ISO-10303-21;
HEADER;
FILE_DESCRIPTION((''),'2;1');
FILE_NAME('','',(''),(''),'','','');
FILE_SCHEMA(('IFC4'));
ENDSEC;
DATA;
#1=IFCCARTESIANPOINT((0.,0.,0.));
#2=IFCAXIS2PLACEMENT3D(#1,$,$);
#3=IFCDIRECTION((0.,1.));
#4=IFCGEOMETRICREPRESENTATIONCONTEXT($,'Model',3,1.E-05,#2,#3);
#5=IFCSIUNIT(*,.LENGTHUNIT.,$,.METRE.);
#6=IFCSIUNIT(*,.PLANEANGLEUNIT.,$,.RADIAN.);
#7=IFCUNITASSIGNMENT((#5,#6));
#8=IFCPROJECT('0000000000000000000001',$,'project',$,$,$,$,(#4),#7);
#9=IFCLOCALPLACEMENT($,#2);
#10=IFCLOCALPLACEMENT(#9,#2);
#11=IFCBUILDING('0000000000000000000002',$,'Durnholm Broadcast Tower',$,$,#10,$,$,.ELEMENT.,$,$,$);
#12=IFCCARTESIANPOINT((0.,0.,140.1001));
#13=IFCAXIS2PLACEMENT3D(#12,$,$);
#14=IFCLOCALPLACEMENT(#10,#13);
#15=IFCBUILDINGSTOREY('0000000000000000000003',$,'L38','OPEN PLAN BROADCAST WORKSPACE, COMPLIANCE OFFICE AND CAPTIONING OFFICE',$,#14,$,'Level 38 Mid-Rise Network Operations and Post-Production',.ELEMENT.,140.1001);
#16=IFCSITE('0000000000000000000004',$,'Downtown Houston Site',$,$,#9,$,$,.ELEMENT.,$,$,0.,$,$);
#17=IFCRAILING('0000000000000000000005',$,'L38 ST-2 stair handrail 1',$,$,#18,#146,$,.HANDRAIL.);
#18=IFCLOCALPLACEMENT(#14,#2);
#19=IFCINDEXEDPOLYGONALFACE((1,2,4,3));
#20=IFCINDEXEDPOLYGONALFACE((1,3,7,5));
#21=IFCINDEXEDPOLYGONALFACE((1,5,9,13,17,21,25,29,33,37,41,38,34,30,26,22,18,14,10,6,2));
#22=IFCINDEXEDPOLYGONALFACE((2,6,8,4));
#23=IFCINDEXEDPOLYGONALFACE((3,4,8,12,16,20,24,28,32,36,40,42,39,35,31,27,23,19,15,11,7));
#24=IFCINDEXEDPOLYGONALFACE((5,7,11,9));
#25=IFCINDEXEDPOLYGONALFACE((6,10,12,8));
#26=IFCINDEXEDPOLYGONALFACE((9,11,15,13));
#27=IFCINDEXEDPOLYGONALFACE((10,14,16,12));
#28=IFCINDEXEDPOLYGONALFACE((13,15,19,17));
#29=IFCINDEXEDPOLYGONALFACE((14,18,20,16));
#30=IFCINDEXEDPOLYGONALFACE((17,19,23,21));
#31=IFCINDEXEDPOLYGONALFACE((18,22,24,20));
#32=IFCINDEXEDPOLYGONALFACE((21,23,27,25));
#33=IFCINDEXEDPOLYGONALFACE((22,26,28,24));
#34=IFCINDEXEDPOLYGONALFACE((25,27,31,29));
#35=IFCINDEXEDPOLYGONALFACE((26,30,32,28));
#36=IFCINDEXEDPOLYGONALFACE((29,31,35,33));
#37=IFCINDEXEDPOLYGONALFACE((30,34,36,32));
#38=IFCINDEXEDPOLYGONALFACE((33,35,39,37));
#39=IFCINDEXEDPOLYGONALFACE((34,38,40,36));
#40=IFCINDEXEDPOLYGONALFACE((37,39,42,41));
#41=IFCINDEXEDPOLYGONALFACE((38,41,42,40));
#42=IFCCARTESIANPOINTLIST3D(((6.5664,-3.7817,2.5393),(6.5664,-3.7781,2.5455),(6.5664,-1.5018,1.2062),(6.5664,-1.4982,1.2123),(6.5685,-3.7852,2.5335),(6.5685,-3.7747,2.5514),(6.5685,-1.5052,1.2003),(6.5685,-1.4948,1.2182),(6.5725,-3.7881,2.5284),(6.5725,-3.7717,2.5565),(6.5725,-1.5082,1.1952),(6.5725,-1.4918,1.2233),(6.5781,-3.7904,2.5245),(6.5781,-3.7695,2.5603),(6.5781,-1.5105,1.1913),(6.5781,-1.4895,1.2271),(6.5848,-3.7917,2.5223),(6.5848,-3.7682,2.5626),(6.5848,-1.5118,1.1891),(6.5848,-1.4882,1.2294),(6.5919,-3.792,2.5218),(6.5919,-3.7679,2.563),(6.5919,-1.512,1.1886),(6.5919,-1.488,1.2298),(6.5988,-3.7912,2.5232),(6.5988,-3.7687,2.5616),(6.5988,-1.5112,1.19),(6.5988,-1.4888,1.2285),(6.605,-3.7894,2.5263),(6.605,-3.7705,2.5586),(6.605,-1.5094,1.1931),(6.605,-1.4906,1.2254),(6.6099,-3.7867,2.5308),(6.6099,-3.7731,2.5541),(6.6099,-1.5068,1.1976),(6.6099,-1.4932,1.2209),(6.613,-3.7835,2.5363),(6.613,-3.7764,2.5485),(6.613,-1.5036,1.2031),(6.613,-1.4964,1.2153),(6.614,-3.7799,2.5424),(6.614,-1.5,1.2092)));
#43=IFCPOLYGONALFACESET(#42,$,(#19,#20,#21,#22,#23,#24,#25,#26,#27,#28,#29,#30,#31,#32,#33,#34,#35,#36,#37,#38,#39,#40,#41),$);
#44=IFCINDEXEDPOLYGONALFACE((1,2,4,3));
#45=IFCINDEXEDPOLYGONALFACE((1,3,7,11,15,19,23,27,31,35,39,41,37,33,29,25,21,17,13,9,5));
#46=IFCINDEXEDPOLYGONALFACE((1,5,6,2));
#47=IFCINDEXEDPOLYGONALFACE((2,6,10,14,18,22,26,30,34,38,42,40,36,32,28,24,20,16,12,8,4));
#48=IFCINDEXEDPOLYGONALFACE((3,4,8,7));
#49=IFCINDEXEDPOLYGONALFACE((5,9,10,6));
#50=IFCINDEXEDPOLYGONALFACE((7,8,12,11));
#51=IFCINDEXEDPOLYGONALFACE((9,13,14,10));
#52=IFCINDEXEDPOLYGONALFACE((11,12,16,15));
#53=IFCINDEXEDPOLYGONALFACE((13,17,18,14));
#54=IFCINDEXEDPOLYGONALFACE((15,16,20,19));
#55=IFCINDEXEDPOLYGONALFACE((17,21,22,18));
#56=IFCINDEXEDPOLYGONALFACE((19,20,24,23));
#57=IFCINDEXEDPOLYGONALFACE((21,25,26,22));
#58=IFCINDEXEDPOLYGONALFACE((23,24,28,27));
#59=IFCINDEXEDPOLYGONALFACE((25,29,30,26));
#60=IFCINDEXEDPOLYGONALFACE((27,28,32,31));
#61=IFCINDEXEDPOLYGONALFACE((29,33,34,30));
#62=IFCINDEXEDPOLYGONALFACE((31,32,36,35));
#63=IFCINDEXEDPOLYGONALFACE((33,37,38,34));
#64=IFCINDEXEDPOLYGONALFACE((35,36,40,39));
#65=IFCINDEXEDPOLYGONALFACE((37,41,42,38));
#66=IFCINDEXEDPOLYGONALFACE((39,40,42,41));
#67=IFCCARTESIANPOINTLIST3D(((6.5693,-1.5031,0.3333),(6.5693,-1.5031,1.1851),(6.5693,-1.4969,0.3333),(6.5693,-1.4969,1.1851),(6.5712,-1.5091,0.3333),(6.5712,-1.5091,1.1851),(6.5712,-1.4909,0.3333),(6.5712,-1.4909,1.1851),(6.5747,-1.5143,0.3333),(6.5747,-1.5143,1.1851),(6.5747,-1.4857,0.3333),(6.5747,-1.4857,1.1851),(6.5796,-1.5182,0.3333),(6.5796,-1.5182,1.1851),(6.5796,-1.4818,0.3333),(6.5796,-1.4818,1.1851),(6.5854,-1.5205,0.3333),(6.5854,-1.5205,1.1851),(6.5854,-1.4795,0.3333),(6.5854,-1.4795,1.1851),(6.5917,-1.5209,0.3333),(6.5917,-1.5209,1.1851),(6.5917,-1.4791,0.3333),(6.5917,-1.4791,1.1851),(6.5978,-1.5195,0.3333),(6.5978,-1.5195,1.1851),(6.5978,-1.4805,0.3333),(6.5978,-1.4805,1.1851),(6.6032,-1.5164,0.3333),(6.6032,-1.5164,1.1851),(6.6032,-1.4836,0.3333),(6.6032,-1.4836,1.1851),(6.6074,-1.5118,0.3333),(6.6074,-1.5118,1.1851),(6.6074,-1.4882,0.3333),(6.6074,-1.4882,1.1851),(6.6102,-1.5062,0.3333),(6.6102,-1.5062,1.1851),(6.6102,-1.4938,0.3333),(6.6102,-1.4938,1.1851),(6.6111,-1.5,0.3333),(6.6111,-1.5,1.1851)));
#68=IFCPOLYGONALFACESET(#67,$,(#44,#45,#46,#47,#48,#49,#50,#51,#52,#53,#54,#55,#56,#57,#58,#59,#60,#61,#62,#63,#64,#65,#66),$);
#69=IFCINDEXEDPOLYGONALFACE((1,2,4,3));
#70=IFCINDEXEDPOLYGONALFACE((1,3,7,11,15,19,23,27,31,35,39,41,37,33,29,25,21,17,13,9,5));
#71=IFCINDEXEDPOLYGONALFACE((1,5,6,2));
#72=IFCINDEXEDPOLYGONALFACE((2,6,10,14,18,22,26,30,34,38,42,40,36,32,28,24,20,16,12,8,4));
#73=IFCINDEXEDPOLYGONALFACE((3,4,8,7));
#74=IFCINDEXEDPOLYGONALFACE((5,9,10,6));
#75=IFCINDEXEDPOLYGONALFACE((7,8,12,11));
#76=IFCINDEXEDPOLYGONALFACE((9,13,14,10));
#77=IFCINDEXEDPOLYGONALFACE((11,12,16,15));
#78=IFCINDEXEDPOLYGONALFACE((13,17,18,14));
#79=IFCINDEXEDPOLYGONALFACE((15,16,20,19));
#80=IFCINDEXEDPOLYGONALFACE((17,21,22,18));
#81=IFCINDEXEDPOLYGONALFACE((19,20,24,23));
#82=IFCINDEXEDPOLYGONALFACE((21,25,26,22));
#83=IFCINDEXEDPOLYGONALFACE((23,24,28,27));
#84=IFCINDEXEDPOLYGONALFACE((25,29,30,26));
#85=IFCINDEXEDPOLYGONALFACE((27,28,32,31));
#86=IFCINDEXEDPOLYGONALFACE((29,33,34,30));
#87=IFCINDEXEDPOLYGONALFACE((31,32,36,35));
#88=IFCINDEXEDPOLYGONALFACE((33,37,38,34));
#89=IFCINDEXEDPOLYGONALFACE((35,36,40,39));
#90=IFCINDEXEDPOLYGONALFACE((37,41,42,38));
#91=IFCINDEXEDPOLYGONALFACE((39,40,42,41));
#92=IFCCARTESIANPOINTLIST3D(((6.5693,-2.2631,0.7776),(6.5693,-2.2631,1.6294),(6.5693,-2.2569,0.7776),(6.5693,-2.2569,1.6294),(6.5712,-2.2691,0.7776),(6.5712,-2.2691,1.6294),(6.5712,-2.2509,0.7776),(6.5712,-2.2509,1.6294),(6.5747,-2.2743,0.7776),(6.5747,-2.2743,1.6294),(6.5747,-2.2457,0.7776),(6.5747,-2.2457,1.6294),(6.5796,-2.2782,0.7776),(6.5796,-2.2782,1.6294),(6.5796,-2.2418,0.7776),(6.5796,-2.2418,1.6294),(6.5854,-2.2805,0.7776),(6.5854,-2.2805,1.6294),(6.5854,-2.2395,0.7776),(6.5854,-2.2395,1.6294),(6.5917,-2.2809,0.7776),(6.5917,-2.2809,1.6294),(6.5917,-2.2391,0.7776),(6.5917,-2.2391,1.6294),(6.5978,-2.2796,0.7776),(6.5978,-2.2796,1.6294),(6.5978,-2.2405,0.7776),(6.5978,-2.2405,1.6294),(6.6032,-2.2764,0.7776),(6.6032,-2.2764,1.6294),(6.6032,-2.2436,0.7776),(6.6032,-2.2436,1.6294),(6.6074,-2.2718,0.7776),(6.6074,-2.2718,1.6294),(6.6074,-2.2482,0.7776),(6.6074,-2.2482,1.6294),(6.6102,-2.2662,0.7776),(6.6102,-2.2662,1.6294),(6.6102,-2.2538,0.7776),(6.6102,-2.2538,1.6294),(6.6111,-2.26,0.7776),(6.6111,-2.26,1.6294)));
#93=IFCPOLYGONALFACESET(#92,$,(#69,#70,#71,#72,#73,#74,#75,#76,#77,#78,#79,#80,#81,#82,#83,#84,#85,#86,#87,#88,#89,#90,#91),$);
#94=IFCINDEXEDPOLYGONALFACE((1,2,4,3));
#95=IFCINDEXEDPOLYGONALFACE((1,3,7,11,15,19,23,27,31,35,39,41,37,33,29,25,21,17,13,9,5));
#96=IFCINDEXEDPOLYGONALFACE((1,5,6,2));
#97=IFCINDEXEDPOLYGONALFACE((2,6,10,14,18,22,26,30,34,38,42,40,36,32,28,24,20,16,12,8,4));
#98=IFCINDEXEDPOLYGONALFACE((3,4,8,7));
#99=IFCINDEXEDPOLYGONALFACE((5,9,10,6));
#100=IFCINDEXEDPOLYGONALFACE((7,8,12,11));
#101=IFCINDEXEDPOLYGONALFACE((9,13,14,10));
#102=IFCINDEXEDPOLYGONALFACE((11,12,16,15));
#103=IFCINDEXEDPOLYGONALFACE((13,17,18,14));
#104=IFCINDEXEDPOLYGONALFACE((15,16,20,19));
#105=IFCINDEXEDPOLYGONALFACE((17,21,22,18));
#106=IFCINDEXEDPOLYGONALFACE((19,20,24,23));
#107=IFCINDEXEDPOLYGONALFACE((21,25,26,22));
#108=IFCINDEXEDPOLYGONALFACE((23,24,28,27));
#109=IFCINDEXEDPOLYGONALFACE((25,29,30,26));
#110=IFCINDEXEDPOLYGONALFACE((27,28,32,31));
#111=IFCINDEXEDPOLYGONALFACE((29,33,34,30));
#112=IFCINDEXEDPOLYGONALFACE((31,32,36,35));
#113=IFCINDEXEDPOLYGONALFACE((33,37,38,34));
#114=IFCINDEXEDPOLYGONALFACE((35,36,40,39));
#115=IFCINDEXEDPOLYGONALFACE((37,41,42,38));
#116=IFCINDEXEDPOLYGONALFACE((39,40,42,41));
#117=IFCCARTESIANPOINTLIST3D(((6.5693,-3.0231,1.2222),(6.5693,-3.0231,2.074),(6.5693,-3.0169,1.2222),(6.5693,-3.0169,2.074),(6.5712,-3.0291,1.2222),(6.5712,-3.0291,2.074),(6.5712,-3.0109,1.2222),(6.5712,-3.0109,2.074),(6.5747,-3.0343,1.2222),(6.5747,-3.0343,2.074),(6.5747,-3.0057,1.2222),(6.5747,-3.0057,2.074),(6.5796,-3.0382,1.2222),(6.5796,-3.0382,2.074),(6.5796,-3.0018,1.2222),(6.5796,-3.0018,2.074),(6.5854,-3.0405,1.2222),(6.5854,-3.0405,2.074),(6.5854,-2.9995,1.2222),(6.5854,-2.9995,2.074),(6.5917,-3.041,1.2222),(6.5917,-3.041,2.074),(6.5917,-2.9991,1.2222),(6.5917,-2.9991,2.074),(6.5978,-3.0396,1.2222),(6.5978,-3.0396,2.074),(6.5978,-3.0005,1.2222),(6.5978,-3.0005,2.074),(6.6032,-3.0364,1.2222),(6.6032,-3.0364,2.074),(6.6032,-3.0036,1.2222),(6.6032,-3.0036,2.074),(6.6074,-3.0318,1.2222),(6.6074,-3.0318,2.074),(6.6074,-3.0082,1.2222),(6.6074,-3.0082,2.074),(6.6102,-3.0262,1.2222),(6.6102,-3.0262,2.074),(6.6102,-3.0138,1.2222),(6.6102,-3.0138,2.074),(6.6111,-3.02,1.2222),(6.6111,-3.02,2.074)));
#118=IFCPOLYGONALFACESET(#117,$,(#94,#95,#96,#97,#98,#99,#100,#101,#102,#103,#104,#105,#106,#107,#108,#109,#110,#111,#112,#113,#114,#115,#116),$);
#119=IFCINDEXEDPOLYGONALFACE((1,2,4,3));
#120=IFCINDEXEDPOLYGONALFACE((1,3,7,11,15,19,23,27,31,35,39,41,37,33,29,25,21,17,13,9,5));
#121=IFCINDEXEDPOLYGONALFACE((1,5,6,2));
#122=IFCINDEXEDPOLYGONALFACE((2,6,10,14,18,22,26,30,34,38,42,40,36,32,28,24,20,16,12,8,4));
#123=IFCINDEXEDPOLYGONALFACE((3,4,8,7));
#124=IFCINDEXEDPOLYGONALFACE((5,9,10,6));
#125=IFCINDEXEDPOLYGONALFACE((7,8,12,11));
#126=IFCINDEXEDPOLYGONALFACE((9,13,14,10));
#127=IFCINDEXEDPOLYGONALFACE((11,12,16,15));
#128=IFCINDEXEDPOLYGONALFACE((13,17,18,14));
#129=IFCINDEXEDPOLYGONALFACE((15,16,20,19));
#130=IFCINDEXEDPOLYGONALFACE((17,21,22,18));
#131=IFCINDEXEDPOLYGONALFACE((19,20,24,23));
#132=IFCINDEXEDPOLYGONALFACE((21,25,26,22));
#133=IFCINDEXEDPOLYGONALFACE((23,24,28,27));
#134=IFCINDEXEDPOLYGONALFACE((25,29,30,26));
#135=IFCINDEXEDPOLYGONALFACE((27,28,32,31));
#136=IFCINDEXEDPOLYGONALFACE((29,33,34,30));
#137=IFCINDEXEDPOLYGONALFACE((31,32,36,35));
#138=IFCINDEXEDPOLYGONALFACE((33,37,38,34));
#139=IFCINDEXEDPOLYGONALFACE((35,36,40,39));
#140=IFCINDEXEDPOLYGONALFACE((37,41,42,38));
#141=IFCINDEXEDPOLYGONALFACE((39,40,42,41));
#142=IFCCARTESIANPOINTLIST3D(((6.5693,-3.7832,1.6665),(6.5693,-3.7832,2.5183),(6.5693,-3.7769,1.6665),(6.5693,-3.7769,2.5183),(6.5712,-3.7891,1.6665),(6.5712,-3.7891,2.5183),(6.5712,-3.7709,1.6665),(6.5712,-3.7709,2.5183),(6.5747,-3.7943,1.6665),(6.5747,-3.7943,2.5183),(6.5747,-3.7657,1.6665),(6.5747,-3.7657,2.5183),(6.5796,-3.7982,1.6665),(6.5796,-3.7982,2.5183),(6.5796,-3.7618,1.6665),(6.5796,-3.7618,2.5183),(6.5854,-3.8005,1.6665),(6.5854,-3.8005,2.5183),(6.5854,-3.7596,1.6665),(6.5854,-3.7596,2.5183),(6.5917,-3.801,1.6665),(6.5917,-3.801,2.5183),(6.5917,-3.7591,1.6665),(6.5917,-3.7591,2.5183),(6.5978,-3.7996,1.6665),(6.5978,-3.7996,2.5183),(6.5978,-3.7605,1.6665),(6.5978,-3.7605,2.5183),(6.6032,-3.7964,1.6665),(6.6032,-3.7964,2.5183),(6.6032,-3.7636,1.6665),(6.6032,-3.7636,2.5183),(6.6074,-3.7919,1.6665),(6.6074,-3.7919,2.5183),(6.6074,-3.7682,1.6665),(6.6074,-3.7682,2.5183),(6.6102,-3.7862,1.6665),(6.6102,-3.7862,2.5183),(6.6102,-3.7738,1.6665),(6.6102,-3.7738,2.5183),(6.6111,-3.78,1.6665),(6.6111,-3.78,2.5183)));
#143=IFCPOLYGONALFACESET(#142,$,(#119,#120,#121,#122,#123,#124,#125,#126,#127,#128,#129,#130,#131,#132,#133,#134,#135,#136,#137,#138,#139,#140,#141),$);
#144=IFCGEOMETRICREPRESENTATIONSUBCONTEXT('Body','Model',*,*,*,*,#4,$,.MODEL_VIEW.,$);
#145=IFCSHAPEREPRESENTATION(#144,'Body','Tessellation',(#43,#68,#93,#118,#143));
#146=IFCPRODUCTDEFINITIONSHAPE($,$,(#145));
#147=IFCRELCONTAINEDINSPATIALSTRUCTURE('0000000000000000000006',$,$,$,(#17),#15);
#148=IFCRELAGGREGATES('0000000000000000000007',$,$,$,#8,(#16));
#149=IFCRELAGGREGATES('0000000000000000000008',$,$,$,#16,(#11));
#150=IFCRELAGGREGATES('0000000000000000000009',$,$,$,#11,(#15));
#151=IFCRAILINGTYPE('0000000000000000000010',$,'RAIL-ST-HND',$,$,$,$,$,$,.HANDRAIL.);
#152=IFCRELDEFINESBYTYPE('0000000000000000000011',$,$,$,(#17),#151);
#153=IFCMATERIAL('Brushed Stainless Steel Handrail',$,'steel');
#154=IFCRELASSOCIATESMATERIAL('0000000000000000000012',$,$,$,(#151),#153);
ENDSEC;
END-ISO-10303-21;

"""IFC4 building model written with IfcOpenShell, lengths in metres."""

from ifc_helpers import new_model, si_unit, direction, frame, origin, origin_2d, place, context, subcontext, project, spatial, circle, extrude, material, type_object, element, save


model = new_model("IFC4")

# Units and contexts
model_context = context("Model", 3, precision=1e-05, world=origin(), true_north=direction((0.0, 1.0)))
body_context = subcontext(model_context, "Body", "Model", "MODEL_VIEW")
ifc_project = project(units=[si_unit("LENGTHUNIT", "METRE"), si_unit("PLANEANGLEUNIT", "RADIAN")], contexts=[model_context])

# Site, building, storey
site_placement = place(None, origin())
site = spatial("IfcSite", under=ifc_project, at=site_placement, Name="Downtown Houston Site", CompositionType="ELEMENT", RefElevation=0.0)
building_placement = place(site_placement, origin())
building = spatial("IfcBuilding", under=site, at=building_placement, Name="Durnholm Broadcast Tower", CompositionType="ELEMENT")
storey_placement = place(building_placement, frame((0.0, 0.0, 140.1001)))
storey = spatial("IfcBuildingStorey", under=building, at=storey_placement, Name="L38", Description="OPEN PLAN BROADCAST WORKSPACE, COMPLIANCE OFFICE AND CAPTIONING OFFICE", LongName="Level 38 Mid-Rise Network Operations and Post-Production", CompositionType="ELEMENT", Elevation=140.1001)

# Railing
ifc_material_1 = material(Name="Brushed Stainless Steel Handrail", Category="steel")
railing_type_1 = type_object("IfcRailingType", Name="RAIL-ST-HND", PredefinedType="HANDRAIL", material=ifc_material_1)
railing_1_placement = place(storey_placement, frame((6.5901, -1.5, 0.3333)))
element("IfcRailing", 1, at=railing_1_placement, inside=storey, type_object=railing_type_1, Name="L38 ST-2 stair handrail 1", PredefinedType="HANDRAIL", context=body_context, shape_type="SweptSolid", body=[
    extrude(circle(Radius=0.0239, at=origin_2d()), frame((0.0, 0.0, 0.876), z_axis=(0.0, -0.863245, 0.504785), x_axis=(1.0, 0.0, 0.0)), (0.0, 0.0, 1.0), 2.6411),
    extrude(circle(Radius=0.021, at=origin_2d()), origin(), (0.0, 0.0, 1.0), 0.8518),
    extrude(circle(Radius=0.021, at=origin_2d()), frame((0.0, -0.76, 0.4443)), (0.0, 0.0, 1.0), 0.8518),
    extrude(circle(Radius=0.021, at=origin_2d()), frame((0.0, -1.52, 0.8889)), (0.0, 0.0, 1.0), 0.8518),
    extrude(circle(Radius=0.021, at=origin_2d()), frame((0.0, -2.28, 1.3333)), (0.0, 0.0, 1.0), 0.8518),
])

save(model, "model.ifc")
